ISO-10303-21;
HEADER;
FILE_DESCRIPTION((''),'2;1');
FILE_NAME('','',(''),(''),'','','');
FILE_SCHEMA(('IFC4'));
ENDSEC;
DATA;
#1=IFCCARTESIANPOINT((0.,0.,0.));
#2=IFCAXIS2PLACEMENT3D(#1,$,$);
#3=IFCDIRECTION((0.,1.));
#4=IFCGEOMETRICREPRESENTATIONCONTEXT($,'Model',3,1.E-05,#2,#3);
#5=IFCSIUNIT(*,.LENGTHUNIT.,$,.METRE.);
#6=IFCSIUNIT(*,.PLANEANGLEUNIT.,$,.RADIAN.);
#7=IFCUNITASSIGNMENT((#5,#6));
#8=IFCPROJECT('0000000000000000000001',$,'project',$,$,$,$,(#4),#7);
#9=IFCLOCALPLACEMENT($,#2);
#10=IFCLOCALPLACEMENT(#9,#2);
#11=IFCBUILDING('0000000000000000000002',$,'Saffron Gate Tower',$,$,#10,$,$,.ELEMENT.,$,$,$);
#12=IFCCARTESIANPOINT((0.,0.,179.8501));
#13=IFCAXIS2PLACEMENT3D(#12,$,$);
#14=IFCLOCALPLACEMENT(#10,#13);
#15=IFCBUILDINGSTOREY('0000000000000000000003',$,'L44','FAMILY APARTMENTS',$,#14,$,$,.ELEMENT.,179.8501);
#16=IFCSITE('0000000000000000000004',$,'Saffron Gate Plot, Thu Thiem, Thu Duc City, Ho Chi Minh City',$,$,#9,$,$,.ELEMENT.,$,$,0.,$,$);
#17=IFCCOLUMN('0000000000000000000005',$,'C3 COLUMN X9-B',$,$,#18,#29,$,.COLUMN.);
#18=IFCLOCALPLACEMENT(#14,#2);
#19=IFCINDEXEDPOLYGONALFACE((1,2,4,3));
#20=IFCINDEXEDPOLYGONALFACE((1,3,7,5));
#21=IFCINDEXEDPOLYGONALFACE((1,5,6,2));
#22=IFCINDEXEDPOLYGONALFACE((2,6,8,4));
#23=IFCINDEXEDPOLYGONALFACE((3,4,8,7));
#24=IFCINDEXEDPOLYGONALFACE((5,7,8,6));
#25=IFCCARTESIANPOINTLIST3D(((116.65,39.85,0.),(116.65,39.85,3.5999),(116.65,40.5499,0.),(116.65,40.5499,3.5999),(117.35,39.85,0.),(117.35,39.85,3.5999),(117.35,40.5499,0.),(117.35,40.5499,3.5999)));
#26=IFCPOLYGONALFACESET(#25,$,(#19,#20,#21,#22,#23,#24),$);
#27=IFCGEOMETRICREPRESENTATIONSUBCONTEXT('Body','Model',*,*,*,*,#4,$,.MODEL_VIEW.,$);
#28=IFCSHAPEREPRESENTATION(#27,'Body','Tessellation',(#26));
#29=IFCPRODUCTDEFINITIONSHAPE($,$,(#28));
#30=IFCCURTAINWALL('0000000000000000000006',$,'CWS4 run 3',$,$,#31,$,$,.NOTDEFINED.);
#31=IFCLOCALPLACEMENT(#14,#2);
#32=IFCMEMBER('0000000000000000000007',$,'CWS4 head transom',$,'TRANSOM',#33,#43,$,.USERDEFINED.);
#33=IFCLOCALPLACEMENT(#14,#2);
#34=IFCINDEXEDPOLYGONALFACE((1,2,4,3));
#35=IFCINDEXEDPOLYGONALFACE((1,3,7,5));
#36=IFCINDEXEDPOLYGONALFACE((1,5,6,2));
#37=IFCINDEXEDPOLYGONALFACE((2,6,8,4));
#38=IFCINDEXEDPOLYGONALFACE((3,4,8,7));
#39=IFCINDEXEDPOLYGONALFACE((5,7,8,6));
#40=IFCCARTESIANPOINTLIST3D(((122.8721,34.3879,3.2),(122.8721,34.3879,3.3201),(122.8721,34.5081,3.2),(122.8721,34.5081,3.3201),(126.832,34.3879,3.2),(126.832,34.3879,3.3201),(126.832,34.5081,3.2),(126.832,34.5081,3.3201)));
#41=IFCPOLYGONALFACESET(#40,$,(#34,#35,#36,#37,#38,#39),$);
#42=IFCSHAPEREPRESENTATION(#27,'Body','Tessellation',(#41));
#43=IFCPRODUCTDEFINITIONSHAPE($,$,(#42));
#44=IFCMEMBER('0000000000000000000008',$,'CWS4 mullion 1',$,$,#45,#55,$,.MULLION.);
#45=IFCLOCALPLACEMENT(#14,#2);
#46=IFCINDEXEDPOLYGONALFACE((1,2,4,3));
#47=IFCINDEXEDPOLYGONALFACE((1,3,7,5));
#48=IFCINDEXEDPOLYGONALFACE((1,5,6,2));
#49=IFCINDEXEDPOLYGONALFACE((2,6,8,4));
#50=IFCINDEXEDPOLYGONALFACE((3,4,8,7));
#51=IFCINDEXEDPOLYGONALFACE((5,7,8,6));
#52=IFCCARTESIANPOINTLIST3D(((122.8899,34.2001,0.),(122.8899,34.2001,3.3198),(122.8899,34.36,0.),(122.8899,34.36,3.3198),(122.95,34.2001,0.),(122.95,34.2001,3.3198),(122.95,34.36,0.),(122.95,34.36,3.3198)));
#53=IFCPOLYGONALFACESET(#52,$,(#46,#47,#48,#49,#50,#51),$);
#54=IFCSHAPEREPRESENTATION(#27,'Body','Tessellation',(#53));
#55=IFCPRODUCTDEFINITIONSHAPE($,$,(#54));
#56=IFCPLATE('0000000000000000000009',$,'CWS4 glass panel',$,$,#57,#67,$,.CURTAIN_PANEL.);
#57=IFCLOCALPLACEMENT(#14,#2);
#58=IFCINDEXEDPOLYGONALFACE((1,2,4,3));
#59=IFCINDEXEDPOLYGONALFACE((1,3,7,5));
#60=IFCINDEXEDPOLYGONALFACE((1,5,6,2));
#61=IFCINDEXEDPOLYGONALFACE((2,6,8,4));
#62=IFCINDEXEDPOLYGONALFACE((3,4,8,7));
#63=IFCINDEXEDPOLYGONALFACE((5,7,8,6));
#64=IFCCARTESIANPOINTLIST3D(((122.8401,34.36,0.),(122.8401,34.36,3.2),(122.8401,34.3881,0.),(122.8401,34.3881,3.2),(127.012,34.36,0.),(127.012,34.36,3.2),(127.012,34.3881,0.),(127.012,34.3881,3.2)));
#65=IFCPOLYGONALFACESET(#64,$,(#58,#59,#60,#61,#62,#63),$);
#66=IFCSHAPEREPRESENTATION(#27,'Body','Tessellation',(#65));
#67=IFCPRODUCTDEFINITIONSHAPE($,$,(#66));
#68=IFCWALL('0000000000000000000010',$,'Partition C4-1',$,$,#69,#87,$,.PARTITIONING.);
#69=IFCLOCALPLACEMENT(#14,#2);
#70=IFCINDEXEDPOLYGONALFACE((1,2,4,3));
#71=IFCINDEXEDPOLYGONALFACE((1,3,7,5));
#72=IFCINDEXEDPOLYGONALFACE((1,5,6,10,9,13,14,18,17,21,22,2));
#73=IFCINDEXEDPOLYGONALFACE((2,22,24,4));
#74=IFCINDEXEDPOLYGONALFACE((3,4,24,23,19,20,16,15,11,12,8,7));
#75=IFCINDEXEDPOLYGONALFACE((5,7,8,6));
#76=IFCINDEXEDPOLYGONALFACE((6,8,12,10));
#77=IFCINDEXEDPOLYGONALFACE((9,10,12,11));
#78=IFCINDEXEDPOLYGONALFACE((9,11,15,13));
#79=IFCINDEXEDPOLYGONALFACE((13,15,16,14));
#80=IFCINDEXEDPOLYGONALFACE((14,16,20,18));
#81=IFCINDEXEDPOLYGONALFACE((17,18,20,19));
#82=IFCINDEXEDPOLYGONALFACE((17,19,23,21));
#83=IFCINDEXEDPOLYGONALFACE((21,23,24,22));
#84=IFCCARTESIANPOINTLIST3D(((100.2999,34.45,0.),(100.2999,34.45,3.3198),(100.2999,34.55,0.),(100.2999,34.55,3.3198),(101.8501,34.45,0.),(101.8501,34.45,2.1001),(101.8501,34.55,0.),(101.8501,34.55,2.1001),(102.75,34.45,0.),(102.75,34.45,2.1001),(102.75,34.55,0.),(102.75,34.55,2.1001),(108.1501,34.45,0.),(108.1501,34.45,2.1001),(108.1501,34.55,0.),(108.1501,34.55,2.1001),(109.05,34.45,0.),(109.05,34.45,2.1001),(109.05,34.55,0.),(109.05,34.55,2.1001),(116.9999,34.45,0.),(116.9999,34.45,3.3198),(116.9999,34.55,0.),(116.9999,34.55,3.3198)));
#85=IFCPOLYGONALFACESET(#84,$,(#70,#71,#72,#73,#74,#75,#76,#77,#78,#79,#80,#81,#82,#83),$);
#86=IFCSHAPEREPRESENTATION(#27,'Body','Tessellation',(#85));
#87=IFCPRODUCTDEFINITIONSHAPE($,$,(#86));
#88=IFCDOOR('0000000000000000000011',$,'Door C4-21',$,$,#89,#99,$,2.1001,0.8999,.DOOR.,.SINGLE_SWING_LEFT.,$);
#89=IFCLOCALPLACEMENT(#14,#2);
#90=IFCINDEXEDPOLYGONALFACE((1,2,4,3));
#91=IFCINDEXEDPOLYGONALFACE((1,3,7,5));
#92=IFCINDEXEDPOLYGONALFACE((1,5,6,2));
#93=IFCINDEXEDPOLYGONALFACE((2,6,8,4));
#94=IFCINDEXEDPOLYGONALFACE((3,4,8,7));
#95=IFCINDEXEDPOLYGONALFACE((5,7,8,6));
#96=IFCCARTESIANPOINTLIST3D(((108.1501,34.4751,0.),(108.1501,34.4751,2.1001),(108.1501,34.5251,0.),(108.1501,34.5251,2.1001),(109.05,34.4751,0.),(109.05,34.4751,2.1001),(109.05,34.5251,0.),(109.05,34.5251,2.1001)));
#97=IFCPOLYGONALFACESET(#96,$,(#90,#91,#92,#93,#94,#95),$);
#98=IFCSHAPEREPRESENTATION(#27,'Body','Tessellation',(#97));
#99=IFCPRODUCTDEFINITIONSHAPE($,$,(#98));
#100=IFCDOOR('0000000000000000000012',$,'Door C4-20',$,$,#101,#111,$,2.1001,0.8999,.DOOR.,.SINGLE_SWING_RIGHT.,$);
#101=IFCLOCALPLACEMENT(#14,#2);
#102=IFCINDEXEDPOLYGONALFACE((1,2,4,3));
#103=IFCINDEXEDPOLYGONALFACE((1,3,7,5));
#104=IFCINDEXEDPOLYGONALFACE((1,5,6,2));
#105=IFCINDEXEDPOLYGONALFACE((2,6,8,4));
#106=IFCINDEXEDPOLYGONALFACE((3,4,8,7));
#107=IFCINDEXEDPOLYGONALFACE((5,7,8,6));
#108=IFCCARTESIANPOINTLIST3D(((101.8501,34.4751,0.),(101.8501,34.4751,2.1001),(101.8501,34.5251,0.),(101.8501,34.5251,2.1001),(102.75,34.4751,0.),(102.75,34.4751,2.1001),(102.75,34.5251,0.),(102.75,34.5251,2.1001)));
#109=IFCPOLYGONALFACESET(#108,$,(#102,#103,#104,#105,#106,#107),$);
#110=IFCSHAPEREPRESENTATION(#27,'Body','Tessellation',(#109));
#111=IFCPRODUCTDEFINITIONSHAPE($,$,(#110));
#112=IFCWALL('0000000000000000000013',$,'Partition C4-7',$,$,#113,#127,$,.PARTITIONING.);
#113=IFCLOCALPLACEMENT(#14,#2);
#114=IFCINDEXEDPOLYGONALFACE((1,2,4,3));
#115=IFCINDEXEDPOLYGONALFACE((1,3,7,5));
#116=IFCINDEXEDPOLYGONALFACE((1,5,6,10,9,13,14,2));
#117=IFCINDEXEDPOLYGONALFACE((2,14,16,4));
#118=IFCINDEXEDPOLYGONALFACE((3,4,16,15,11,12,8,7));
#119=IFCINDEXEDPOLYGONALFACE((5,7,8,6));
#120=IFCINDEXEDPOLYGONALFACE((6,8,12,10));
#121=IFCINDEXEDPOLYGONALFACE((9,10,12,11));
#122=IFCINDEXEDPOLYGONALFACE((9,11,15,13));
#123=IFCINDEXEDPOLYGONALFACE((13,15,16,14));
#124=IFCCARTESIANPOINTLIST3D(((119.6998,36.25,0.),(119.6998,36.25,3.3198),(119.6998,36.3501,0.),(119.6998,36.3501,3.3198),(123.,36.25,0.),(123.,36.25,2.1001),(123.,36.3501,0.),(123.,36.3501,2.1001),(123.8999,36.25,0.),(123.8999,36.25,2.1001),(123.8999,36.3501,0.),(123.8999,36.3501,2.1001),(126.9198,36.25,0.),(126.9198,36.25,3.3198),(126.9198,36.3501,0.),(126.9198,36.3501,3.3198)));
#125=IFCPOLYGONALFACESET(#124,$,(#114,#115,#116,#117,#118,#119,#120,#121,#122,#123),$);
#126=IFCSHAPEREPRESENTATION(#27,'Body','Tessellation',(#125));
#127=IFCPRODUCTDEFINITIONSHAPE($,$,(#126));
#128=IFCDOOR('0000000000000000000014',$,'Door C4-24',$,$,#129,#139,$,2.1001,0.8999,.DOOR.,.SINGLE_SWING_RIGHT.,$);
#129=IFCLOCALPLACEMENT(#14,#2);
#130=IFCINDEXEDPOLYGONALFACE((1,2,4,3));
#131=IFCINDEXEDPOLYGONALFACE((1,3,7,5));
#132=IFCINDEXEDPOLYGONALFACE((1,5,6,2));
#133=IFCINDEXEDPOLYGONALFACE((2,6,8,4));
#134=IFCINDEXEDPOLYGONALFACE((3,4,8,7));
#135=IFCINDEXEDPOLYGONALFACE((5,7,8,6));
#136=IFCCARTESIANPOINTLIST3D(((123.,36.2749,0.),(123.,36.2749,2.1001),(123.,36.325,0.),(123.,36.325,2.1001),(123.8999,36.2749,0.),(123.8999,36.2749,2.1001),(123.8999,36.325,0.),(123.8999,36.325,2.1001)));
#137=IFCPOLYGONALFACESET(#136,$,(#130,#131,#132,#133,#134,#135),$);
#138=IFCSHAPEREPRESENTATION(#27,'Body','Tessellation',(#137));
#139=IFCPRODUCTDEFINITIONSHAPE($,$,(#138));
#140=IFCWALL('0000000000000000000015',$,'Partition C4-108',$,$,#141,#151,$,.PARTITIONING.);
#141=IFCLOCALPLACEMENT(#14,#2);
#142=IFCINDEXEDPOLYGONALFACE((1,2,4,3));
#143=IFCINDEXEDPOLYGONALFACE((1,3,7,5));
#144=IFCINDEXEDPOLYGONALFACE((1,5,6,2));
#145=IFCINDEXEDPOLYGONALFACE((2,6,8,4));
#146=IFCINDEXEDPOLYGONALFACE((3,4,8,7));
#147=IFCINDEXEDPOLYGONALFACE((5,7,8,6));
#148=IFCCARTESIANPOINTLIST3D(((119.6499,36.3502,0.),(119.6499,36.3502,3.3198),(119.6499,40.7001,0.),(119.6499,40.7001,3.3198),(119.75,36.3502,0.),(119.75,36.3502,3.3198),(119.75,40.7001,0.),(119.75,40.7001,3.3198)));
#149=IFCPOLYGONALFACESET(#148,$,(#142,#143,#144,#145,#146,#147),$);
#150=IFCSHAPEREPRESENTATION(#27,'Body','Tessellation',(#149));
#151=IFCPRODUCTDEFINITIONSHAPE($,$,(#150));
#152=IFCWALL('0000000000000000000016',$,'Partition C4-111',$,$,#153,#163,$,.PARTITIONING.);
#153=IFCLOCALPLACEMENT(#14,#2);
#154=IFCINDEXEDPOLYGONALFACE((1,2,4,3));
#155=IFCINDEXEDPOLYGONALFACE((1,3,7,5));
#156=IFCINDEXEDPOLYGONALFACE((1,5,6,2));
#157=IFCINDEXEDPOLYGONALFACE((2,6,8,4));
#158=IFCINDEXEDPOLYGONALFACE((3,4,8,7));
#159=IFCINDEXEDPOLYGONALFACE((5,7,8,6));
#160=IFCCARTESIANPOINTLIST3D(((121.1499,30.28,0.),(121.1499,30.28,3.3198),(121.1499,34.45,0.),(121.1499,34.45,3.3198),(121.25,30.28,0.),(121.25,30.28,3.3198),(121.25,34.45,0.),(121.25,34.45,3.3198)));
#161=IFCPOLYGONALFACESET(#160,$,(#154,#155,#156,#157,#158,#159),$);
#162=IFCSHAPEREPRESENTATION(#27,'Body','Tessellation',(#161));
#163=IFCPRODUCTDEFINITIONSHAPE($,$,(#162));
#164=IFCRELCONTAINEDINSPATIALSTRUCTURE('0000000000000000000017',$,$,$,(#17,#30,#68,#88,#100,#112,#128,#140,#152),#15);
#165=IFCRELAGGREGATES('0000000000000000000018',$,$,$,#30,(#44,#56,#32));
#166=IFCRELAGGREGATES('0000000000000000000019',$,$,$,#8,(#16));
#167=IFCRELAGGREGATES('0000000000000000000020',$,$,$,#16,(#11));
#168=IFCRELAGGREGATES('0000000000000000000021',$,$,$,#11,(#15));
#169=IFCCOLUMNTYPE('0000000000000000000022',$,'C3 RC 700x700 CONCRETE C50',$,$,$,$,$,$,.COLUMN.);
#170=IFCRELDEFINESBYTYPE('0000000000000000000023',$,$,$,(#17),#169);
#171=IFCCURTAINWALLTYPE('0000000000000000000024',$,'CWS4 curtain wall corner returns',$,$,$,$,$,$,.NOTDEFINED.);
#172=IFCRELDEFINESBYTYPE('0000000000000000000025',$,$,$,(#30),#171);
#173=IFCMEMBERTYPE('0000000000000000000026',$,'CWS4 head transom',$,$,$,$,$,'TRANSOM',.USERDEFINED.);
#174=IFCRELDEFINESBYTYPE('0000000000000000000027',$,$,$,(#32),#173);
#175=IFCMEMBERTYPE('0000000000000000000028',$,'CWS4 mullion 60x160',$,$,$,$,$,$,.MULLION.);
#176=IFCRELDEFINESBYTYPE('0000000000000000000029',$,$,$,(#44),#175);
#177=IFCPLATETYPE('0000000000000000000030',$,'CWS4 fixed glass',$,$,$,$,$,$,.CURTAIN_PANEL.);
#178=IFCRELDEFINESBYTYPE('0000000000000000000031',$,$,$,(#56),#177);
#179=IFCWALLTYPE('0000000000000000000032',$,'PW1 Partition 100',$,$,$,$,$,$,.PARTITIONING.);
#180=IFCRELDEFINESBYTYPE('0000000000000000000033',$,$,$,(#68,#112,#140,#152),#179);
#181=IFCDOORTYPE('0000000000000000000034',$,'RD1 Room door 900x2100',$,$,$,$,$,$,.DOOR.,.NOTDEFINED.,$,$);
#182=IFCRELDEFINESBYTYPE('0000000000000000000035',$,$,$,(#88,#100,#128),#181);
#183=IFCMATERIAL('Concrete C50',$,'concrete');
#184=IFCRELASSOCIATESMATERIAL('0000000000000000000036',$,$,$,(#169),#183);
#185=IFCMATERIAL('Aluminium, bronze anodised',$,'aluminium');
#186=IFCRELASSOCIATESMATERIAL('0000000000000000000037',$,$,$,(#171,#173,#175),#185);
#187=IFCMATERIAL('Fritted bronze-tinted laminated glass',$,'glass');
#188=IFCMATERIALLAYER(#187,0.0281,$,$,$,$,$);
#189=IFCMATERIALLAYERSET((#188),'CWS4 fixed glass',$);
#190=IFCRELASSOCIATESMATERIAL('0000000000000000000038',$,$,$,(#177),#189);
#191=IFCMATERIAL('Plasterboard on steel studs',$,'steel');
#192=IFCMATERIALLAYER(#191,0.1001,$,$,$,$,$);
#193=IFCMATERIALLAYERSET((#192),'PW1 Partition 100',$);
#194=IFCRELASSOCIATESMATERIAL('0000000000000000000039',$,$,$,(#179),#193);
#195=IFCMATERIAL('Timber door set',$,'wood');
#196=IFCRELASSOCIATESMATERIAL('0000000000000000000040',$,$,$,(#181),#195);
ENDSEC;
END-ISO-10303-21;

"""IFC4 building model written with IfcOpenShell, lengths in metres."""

from ifc_helpers import new_model, si_unit, direction, frame, frame_2d, origin, origin_2d, place, context, subcontext, project, spatial, rectangle, extrude, material, layer, layer_set, material_profile, profile_set, type_object, element, fill, aggregate, save


model = new_model("IFC4")

# Units and contexts
model_context = context("Model", 3, precision=1e-05, world=origin(), true_north=direction((0.0, 1.0)))
body_context = subcontext(model_context, "Body", "Model", "MODEL_VIEW")
ifc_project = project(units=[si_unit("LENGTHUNIT", "METRE"), si_unit("PLANEANGLEUNIT", "RADIAN")], contexts=[model_context])

# Site, building, storey
site_placement = place(None, origin())
site = spatial("IfcSite", under=ifc_project, at=site_placement, Name="Saffron Gate Plot, Thu Thiem, Thu Duc City, Ho Chi Minh City", CompositionType="ELEMENT", RefElevation=0.0)
building_placement = place(site_placement, origin())
building = spatial("IfcBuilding", under=site, at=building_placement, Name="Saffron Gate Tower", CompositionType="ELEMENT")
storey_placement = place(building_placement, frame((0.0, 0.0, 179.8501)))
storey = spatial("IfcBuildingStorey", under=building, at=storey_placement, Name="L44", Description="FAMILY APARTMENTS", CompositionType="ELEMENT", Elevation=179.8501)

# Column
ifc_material_1 = material(Name="Concrete C50", Category="concrete")
ifc_material_profile_1 = material_profile(ifc_material_1, rectangle(XDim=0.7, YDim=0.7, at=origin_2d()))
ifc_profile_set_1 = profile_set([ifc_material_profile_1], Name="Concrete C50")
column_type = type_object("IfcColumnType", Name="C3 RC 700x700 CONCRETE C50", PredefinedType="COLUMN", material=ifc_profile_set_1)
column_placement = place(storey_placement, frame((117.0, 40.2, 0.0), z_axis=(0.0, 0.0, 1.0), x_axis=(1.0, 0.0, 0.0)))
element("IfcColumn", 1, at=column_placement, inside=storey, type_object=column_type, Name="C3 COLUMN X9-B", PredefinedType="COLUMN", context=body_context, shape_type="SweptSolid", body=[
    extrude(rectangle(XDim=0.7, YDim=0.7, at=origin_2d()), origin(), (0.0, 0.0, 1.0), 3.5999),
])

# Curtain wall, members, plate
ifc_material_2 = material(Name="Aluminium, bronze anodised", Category="aluminium")
curtain_wall_type = type_object("IfcCurtainWallType", Name="CWS4 curtain wall corner returns", PredefinedType="NOTDEFINED", material=ifc_material_2)
curtain_wall_placement = place(storey_placement, origin())
curtain_wall = element("IfcCurtainWall", 2, at=curtain_wall_placement, inside=storey, type_object=curtain_wall_type, Name="CWS4 run 3", PredefinedType="NOTDEFINED")
ifc_material_profile_2 = material_profile(ifc_material_2, rectangle(XDim=0.1201, YDim=0.1201, at=origin_2d()))
ifc_profile_set_2 = profile_set([ifc_material_profile_2], Name="Aluminium, bronze anodised")
member_type_1 = type_object("IfcMemberType", Name="CWS4 head transom", ElementType="TRANSOM", PredefinedType="USERDEFINED", material=ifc_profile_set_2)
member_1_placement = place(storey_placement, frame((122.8721, 34.448, 3.26), z_axis=(1.0, 0.0, 0.0), x_axis=(0.0, 1.0, 0.0)))
member_1 = element("IfcMember", 3, at=member_1_placement, type_object=member_type_1, Name="CWS4 head transom", ObjectType="TRANSOM", PredefinedType="USERDEFINED", context=body_context, shape_type="SweptSolid", body=[
    extrude(rectangle(XDim=0.1201, YDim=0.1201, at=origin_2d()), origin(), (0.0, 0.0, 1.0), 3.96),
])
ifc_material_profile_3 = material_profile(ifc_material_2, rectangle(XDim=0.1599, YDim=0.0601, at=origin_2d()))
ifc_profile_set_3 = profile_set([ifc_material_profile_3], Name="Aluminium, bronze anodised")
member_type_2 = type_object("IfcMemberType", Name="CWS4 mullion 60x160", PredefinedType="MULLION", material=ifc_profile_set_3)
member_2_placement = place(storey_placement, frame((122.9199, 34.28, 0.0), z_axis=(0.0, 0.0, 1.0), x_axis=(0.0, 1.0, 0.0)))
member_2 = element("IfcMember", 4, at=member_2_placement, type_object=member_type_2, Name="CWS4 mullion 1", PredefinedType="MULLION", context=body_context, shape_type="SweptSolid", body=[
    extrude(rectangle(XDim=0.1599, YDim=0.0601, at=origin_2d()), origin(), (0.0, 0.0, 1.0), 3.3198),
])
ifc_material_3 = material(Name="Fritted bronze-tinted laminated glass", Category="glass")
ifc_layer_1 = layer(ifc_material_3, 0.0281)
ifc_layer_set_1 = layer_set([ifc_layer_1], Name="CWS4 fixed glass")
plate_type = type_object("IfcPlateType", Name="CWS4 fixed glass", PredefinedType="CURTAIN_PANEL", material=ifc_layer_set_1)
plate_placement = place(storey_placement, frame((122.8401, 34.374, 0.0), z_axis=(0.0, 0.0, 1.0), x_axis=(1.0, 0.0, 0.0)))
plate = element("IfcPlate", 5, at=plate_placement, type_object=plate_type, Name="CWS4 glass panel", PredefinedType="CURTAIN_PANEL", context=body_context, shape_type="SweptSolid", body=[
    extrude(rectangle(XDim=4.1719, YDim=0.0281, at=frame_2d((2.0859, 0.0))), origin(), (0.0, 0.0, 1.0), 3.2),
])
aggregate(curtain_wall, [member_2, plate, member_1])

# Wall, openings, doors
ifc_material_4 = material(Name="Plasterboard on steel studs", Category="steel")
ifc_layer_2 = layer(ifc_material_4, 0.1001)
ifc_layer_set_2 = layer_set([ifc_layer_2], Name="PW1 Partition 100")
wall_type_1 = type_object("IfcWallType", Name="PW1 Partition 100", PredefinedType="PARTITIONING", material=ifc_layer_set_2)
wall_1_placement = place(storey_placement, frame((117.0, 34.5, 0.0), z_axis=(0.0, 0.0, 1.0), x_axis=(-1.0, 0.0, 0.0)))
wall_1 = element("IfcWall", 6, at=wall_1_placement, inside=storey, type_object=wall_type_1, Name="Partition C4-1", PredefinedType="PARTITIONING", context=body_context, shape_type="SweptSolid", body=[
    extrude(rectangle(XDim=16.7, YDim=0.1001, at=frame_2d((8.3501, 0.0))), origin(), (0.0, 0.0, 1.0), 3.3198),
])
opening_1_placement = place(wall_1_placement, frame((7.95, 0.0, 0.0)))
opening_1 = element("IfcOpeningElement", 7, at=opening_1_placement, cuts=wall_1, PredefinedType="OPENING", context=body_context, shape_type="SweptSolid", body=[
    extrude(rectangle(XDim=0.8999, YDim=2.1001, at=frame_2d((0.45, 1.05))), frame((0.0, 0.0601, 0.0), z_axis=(0.0, -1.0, 0.0), x_axis=(1.0, 0.0, 0.0)), (0.0, 0.0, 1.0), 0.1201),
])
opening_2_placement = place(wall_1_placement, frame((14.25, 0.0, 0.0)))
opening_2 = element("IfcOpeningElement", 8, at=opening_2_placement, cuts=wall_1, PredefinedType="OPENING", context=body_context, shape_type="SweptSolid", body=[
    extrude(rectangle(XDim=0.8999, YDim=2.1001, at=frame_2d((0.45, 1.05))), frame((0.0, 0.0601, 0.0), z_axis=(0.0, -1.0, 0.0), x_axis=(1.0, 0.0, 0.0)), (0.0, 0.0, 1.0), 0.1201),
])
ifc_material_5 = material(Name="Timber door set", Category="wood")
door_type_1 = type_object("IfcDoorType", Name="RD1 Room door 900x2100", OperationType="NOTDEFINED", PredefinedType="DOOR", material=ifc_material_5)
door_1_placement = place(opening_1_placement, origin())
door_1 = element("IfcDoor", 9, at=door_1_placement, inside=storey, type_object=door_type_1, Name="Door C4-21", OperationType="SINGLE_SWING_LEFT", OverallHeight=2.1001, OverallWidth=0.8999, PredefinedType="DOOR", context=body_context, shape_type="SweptSolid", body=[
    extrude(rectangle(XDim=0.8999, YDim=2.1001, at=frame_2d((0.45, 1.05))), frame((0.0, 0.0249, 0.0), z_axis=(0.0, -1.0, 0.0), x_axis=(1.0, 0.0, 0.0)), (0.0, 0.0, 1.0), 0.05),
])
fill(opening_1, door_1)
door_2_placement = place(opening_2_placement, origin())
door_2 = element("IfcDoor", 10, at=door_2_placement, inside=storey, type_object=door_type_1, Name="Door C4-20", OperationType="SINGLE_SWING_RIGHT", OverallHeight=2.1001, OverallWidth=0.8999, PredefinedType="DOOR", context=body_context, shape_type="SweptSolid", body=[
    extrude(rectangle(XDim=0.8999, YDim=2.1001, at=frame_2d((0.45, 1.05))), frame((0.0, 0.0249, 0.0), z_axis=(0.0, -1.0, 0.0), x_axis=(1.0, 0.0, 0.0)), (0.0, 0.0, 1.0), 0.05),
])
fill(opening_2, door_2)

# Wall, opening, door
wall_2_placement = place(storey_placement, frame((119.7, 36.3, 0.0), z_axis=(0.0, 0.0, 1.0), x_axis=(1.0, 0.0, 0.0)))
wall_2 = element("IfcWall", 11, at=wall_2_placement, inside=storey, type_object=wall_type_1, Name="Partition C4-7", PredefinedType="PARTITIONING", context=body_context, shape_type="SweptSolid", body=[
    extrude(rectangle(XDim=7.22, YDim=0.1001, at=frame_2d((3.6099, 0.0))), origin(), (0.0, 0.0, 1.0), 3.3198),
])
opening_3_placement = place(wall_2_placement, frame((3.3, 0.0, 0.0)))
opening_3 = element("IfcOpeningElement", 12, at=opening_3_placement, cuts=wall_2, PredefinedType="OPENING", context=body_context, shape_type="SweptSolid", body=[
    extrude(rectangle(XDim=0.8999, YDim=2.1001, at=frame_2d((0.45, 1.05))), frame((0.0, 0.0601, 0.0), z_axis=(0.0, -1.0, 0.0), x_axis=(1.0, 0.0, 0.0)), (0.0, 0.0, 1.0), 0.1201),
])
door_3_placement = place(opening_3_placement, origin())
door_3 = element("IfcDoor", 13, at=door_3_placement, inside=storey, type_object=door_type_1, Name="Door C4-24", OperationType="SINGLE_SWING_RIGHT", OverallHeight=2.1001, OverallWidth=0.8999, PredefinedType="DOOR", context=body_context, shape_type="SweptSolid", body=[
    extrude(rectangle(XDim=0.8999, YDim=2.1001, at=frame_2d((0.45, 1.05))), frame((0.0, 0.0249, 0.0), z_axis=(0.0, -1.0, 0.0), x_axis=(1.0, 0.0, 0.0)), (0.0, 0.0, 1.0), 0.05),
])
fill(opening_3, door_3)

# Walls
wall_3_placement = place(storey_placement, frame((119.7, 40.7, 0.0), z_axis=(0.0, 0.0, 1.0), x_axis=(0.0, -1.0, 0.0)))
element("IfcWall", 14, at=wall_3_placement, inside=storey, type_object=wall_type_1, Name="Partition C4-108", PredefinedType="PARTITIONING", context=body_context, shape_type="SweptSolid", body=[
    extrude(rectangle(XDim=4.3499, YDim=0.1001, at=frame_2d((2.1748, 0.0))), origin(), (0.0, 0.0, 1.0), 3.3198),
])
wall_4_placement = place(storey_placement, frame((121.2, 34.45, 0.0), z_axis=(0.0, 0.0, 1.0), x_axis=(0.0, -1.0, 0.0)))
element("IfcWall", 15, at=wall_4_placement, inside=storey, type_object=wall_type_1, Name="Partition C4-111", PredefinedType="PARTITIONING", context=body_context, shape_type="SweptSolid", body=[
    extrude(rectangle(XDim=4.1699, YDim=0.1001, at=frame_2d((2.085, 0.0))), origin(), (0.0, 0.0, 1.0), 3.3198),
])

save(model, "model.ifc")
